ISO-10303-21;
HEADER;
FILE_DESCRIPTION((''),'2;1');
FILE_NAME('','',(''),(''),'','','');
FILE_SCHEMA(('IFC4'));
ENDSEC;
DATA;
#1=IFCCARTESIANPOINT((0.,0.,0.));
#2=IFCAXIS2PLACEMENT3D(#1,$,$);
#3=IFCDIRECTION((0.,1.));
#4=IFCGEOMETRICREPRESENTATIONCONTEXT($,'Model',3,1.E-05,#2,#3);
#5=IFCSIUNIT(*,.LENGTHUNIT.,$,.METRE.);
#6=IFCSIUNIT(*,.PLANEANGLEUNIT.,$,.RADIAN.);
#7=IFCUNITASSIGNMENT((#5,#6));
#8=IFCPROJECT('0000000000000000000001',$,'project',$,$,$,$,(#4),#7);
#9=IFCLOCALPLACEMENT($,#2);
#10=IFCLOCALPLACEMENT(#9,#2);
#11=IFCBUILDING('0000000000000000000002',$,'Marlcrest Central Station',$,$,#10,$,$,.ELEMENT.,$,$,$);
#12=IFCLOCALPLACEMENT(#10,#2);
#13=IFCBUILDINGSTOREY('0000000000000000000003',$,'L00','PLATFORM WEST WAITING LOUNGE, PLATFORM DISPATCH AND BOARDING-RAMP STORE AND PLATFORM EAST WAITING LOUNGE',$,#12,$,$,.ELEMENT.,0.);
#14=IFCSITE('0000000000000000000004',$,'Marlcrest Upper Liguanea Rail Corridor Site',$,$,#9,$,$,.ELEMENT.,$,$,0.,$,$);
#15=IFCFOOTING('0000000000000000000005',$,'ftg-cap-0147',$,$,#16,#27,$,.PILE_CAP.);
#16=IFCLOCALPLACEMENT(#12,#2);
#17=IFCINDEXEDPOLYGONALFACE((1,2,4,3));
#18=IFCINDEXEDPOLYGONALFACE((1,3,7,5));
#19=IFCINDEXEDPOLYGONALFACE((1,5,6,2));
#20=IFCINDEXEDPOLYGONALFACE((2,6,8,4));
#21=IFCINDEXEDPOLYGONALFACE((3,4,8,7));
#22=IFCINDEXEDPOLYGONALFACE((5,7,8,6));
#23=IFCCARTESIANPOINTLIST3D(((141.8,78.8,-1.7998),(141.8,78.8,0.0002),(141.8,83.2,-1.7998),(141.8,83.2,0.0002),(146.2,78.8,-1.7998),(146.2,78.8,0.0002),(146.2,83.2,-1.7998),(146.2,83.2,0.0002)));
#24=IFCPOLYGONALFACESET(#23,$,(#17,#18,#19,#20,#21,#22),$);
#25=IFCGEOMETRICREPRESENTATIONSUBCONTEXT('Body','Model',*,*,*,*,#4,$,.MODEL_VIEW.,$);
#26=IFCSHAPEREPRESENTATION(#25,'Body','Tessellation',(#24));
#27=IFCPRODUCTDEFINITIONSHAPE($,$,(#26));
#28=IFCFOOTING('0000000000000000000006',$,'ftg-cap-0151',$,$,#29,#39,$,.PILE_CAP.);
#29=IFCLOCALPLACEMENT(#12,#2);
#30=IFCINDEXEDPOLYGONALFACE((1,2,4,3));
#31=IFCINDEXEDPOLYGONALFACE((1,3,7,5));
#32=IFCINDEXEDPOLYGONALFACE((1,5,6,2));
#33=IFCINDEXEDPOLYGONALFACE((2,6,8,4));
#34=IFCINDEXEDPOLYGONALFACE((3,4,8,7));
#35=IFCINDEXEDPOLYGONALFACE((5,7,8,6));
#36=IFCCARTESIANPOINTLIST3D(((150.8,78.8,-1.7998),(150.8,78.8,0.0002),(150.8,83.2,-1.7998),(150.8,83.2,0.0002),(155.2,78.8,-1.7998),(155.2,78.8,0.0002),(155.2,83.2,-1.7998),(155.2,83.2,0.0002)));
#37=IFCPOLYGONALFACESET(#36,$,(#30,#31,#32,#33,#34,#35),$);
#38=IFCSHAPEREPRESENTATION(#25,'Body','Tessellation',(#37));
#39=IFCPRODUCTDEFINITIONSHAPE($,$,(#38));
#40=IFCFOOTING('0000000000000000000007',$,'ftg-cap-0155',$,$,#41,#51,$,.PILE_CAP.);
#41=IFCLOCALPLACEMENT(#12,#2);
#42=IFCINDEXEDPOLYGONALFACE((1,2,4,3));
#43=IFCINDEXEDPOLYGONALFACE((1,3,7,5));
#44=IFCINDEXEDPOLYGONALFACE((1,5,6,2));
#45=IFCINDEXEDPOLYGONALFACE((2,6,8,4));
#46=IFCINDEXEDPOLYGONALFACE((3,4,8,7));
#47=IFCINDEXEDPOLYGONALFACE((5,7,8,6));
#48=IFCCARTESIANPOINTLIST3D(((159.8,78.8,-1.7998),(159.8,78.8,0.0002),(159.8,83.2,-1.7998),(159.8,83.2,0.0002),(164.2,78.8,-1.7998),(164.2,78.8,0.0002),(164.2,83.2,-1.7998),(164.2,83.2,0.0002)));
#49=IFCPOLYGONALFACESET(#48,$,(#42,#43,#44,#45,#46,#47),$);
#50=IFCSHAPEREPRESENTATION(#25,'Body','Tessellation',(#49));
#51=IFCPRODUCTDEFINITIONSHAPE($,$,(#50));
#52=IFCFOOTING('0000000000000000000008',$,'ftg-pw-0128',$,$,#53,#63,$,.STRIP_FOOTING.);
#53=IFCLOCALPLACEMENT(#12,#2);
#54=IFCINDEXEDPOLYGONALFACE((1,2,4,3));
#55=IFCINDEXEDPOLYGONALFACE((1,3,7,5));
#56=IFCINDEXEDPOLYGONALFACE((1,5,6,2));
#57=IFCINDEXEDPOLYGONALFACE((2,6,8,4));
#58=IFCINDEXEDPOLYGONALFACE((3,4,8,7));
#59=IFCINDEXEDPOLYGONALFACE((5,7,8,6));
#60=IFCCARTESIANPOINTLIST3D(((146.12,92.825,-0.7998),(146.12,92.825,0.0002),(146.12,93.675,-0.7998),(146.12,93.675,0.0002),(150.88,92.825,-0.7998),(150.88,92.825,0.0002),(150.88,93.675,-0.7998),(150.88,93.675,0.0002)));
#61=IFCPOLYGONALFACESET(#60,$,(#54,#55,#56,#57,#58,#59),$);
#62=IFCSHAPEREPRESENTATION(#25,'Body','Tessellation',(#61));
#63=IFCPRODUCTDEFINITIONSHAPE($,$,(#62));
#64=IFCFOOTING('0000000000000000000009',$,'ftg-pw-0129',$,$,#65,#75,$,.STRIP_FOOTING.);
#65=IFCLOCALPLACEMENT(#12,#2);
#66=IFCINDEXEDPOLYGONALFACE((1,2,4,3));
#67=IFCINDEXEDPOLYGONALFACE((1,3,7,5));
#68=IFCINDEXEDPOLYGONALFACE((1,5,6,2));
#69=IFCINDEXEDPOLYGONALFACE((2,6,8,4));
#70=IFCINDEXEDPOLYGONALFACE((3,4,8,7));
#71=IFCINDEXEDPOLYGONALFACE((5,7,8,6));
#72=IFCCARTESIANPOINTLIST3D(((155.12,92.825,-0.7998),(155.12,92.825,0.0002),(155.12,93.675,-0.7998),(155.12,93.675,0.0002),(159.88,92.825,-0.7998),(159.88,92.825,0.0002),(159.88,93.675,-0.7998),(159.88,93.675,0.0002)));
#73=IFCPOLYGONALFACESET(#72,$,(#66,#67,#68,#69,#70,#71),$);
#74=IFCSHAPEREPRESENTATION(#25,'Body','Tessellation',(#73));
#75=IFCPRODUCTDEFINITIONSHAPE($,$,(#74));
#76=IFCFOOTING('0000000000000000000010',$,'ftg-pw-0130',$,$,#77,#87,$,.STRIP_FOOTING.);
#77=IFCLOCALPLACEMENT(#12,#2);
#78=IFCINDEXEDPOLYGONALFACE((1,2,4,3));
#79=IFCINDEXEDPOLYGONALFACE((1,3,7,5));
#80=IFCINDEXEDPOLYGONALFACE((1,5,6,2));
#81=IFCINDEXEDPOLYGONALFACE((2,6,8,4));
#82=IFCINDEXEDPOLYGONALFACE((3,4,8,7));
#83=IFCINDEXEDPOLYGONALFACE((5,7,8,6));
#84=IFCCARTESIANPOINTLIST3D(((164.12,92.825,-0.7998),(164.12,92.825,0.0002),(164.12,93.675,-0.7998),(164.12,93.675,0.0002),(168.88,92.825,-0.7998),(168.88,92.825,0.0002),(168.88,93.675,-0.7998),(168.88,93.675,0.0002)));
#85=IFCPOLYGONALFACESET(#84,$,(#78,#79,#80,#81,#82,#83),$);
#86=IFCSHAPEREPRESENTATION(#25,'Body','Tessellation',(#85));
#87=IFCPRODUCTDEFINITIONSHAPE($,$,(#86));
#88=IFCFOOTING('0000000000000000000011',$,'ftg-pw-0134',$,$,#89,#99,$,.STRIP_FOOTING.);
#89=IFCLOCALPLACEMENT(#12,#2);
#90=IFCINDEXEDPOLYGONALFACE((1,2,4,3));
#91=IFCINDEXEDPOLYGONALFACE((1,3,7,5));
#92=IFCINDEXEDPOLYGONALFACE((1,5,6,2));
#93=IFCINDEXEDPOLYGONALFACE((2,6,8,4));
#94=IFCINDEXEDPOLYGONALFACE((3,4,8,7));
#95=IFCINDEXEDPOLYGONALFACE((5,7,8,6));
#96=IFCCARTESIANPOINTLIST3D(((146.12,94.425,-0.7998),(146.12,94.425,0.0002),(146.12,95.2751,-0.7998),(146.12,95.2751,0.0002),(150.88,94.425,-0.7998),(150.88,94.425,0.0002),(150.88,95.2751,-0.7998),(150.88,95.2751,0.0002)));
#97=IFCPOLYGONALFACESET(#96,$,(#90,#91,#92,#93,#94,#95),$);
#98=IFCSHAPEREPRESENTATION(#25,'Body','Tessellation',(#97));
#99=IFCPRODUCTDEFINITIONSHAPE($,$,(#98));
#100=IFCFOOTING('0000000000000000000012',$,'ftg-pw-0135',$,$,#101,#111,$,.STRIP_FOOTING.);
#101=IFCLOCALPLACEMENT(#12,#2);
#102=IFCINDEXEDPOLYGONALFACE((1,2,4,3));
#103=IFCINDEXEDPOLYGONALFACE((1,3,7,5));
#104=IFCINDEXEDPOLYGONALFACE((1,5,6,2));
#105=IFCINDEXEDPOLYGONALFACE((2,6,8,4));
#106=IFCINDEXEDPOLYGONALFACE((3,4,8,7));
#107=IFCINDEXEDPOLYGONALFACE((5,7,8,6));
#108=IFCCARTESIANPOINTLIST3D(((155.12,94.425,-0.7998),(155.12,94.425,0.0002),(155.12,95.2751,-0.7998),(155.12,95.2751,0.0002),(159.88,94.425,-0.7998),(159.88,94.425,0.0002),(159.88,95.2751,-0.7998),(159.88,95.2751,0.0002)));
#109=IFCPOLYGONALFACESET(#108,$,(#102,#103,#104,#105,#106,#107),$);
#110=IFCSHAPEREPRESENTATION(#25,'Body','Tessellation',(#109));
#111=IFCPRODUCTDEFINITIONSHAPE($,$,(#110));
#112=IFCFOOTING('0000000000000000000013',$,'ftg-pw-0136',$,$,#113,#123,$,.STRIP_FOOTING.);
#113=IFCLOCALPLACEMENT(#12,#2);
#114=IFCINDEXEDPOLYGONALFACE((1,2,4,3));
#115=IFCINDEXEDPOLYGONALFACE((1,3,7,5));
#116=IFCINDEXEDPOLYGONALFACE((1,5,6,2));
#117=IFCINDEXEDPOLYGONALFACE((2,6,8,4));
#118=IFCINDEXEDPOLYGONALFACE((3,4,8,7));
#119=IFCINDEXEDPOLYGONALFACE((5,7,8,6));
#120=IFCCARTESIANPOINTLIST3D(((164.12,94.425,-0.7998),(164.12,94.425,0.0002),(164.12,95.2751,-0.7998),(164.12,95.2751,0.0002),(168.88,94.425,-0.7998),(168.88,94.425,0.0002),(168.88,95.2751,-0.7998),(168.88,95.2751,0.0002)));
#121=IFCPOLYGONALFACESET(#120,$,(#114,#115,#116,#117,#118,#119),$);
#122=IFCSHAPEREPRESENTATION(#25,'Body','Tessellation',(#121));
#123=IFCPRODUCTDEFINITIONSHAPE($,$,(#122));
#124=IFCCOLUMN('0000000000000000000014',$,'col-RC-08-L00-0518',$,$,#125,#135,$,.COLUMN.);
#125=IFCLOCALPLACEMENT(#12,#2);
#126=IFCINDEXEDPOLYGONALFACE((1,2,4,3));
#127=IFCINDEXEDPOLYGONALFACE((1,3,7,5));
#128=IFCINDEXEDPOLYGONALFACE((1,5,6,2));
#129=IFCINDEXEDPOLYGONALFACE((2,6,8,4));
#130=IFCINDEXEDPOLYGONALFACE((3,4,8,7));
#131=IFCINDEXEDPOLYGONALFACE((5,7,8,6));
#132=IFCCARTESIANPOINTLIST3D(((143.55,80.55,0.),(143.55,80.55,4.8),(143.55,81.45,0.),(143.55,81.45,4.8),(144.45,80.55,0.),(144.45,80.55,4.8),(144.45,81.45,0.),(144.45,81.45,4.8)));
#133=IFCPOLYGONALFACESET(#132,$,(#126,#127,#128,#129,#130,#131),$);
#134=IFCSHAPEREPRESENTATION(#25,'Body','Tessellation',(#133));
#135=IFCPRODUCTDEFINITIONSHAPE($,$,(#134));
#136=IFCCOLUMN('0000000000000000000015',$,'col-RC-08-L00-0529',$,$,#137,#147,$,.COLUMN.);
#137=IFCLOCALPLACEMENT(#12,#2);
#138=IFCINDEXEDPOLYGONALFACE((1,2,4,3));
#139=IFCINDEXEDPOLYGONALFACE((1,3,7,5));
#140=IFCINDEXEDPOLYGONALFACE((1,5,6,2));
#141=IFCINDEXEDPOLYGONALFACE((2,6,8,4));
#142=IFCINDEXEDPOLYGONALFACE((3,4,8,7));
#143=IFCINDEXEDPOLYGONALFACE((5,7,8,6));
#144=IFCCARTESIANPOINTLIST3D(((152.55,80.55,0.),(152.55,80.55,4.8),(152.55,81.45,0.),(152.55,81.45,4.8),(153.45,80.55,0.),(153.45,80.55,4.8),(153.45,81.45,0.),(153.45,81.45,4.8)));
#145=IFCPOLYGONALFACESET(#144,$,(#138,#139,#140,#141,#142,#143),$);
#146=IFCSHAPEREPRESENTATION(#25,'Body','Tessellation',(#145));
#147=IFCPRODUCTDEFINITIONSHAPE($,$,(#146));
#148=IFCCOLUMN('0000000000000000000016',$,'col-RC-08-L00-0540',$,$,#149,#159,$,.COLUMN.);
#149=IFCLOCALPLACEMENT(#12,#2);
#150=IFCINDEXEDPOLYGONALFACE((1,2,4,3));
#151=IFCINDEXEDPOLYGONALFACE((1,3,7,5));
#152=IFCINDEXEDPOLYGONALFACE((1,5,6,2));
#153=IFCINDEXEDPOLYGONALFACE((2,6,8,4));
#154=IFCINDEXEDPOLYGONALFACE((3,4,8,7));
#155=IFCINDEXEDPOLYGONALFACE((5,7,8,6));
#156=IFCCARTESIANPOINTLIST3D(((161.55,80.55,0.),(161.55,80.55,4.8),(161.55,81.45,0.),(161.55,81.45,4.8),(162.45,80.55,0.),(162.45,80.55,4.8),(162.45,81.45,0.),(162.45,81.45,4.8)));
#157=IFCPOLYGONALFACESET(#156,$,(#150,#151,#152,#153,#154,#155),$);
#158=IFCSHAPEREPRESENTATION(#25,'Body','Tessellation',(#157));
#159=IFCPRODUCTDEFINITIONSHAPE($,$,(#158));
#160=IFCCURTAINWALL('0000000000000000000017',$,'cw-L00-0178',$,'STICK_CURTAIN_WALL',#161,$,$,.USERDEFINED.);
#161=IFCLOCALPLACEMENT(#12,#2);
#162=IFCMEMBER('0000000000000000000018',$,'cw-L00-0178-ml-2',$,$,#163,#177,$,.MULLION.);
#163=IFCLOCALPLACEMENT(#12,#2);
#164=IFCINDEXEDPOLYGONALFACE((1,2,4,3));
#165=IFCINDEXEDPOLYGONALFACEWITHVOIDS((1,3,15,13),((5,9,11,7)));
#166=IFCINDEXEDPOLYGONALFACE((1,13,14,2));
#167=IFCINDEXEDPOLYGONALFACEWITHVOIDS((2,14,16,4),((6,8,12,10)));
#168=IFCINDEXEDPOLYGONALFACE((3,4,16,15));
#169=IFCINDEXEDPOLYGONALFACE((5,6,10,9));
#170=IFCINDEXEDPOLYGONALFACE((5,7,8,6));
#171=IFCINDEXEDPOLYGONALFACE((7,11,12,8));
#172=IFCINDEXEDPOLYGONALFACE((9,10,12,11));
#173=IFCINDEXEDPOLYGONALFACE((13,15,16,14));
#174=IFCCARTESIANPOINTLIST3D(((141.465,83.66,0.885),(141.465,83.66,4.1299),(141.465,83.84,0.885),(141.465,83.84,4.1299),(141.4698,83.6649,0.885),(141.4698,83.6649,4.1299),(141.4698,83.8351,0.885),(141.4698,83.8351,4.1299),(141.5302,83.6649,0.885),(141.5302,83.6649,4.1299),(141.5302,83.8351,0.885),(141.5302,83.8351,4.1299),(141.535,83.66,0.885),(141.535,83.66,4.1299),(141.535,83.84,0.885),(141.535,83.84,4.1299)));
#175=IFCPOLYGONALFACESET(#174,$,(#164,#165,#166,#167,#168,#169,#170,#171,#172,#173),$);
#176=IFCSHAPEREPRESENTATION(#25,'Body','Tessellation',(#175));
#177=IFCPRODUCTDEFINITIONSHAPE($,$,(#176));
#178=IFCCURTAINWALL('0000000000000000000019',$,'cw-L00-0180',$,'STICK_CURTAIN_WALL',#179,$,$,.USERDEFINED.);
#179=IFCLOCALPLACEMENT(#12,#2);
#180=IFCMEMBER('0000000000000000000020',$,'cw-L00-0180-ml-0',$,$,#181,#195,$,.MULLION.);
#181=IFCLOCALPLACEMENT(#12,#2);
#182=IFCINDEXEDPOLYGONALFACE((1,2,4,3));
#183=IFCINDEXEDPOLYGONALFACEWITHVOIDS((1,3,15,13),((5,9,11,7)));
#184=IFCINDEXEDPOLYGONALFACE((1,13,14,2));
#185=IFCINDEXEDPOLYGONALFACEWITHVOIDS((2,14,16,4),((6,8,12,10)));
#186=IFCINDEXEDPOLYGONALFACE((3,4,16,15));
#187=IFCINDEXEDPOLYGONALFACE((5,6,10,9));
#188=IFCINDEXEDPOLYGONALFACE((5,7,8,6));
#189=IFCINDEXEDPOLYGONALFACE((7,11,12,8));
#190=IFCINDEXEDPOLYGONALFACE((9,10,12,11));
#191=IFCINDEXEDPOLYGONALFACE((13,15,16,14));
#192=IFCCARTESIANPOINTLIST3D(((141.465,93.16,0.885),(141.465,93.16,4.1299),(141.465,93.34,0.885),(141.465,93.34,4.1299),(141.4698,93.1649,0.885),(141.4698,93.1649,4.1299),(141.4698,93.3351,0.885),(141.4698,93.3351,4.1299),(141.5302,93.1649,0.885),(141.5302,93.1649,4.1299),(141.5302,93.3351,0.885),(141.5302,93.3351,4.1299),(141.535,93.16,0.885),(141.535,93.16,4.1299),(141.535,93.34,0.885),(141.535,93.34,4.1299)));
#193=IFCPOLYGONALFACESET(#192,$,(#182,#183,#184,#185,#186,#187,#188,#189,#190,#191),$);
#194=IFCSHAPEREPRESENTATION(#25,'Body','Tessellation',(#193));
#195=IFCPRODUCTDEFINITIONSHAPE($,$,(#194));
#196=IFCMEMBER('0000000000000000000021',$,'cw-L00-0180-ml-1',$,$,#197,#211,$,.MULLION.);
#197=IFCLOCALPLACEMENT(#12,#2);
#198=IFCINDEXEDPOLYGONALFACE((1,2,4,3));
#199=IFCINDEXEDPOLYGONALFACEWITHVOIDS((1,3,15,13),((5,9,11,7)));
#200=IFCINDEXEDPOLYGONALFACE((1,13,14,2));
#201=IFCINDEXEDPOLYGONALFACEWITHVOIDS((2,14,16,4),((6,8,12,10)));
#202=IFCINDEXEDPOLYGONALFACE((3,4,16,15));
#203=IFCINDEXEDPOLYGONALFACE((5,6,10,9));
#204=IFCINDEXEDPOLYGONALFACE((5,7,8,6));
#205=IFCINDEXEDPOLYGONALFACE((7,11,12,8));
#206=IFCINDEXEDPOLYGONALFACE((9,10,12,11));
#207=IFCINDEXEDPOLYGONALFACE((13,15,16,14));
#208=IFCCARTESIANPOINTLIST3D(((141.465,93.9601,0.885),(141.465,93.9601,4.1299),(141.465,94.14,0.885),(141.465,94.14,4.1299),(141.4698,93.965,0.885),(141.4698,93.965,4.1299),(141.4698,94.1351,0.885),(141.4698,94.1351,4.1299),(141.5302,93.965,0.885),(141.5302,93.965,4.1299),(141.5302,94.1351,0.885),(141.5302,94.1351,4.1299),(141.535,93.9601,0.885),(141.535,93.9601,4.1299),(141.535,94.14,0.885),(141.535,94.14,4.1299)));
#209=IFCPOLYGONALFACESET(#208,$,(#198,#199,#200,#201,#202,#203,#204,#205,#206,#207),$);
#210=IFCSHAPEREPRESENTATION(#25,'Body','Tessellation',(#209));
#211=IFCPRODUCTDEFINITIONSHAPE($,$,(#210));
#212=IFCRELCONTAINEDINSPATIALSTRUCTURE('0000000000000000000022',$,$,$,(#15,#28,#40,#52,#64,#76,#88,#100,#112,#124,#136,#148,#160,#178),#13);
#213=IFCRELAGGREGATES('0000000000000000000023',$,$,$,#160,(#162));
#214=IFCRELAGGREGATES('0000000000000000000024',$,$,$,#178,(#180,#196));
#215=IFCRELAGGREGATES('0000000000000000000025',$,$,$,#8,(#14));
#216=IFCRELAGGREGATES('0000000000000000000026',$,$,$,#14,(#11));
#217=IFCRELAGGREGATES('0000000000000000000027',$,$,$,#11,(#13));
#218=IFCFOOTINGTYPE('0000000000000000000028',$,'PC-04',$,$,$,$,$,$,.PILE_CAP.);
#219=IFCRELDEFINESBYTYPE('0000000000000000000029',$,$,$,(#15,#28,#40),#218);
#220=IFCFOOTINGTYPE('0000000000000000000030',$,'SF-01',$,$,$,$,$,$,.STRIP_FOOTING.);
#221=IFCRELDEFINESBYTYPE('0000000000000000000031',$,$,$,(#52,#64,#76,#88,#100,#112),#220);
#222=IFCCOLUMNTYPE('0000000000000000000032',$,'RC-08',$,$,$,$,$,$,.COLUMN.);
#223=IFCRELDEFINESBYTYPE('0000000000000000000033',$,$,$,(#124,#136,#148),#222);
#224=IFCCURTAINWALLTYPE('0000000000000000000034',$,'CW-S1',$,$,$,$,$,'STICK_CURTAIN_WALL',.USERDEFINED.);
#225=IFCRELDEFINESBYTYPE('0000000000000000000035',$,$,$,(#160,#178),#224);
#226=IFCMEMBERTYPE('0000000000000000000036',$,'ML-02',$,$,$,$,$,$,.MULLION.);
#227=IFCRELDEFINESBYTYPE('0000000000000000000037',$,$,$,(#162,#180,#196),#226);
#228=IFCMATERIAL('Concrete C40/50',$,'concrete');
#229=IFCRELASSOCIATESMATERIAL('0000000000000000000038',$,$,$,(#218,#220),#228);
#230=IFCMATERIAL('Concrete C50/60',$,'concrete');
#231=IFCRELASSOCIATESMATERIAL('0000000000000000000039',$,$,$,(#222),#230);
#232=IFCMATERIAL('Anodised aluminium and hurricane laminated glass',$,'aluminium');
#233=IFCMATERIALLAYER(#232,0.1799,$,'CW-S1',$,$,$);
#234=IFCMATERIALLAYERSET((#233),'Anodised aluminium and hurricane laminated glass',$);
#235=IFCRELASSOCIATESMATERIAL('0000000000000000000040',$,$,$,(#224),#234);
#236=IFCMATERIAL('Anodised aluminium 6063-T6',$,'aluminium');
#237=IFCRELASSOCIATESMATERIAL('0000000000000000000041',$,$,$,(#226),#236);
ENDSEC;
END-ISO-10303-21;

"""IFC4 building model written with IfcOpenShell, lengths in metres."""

from ifc_helpers import new_model, si_unit, direction, frame, origin, origin_2d, place, context, subcontext, project, spatial, rectangle, hollow_rectangle, extrude, material, layer, layer_set, material_profile, profile_set, type_object, element, aggregate, save


model = new_model("IFC4")

# Units and contexts
model_context = context("Model", 3, precision=1e-05, world=origin(), true_north=direction((0.0, 1.0)))
body_context = subcontext(model_context, "Body", "Model", "MODEL_VIEW")
ifc_project = project(units=[si_unit("LENGTHUNIT", "METRE"), si_unit("PLANEANGLEUNIT", "RADIAN")], contexts=[model_context])

# Site, building, storey
site_placement = place(None, origin())
site = spatial("IfcSite", under=ifc_project, at=site_placement, Name="Marlcrest Upper Liguanea Rail Corridor Site", CompositionType="ELEMENT", RefElevation=0.0)
building_placement = place(site_placement, origin())
building = spatial("IfcBuilding", under=site, at=building_placement, Name="Marlcrest Central Station", CompositionType="ELEMENT")
storey_placement = place(building_placement, origin())
storey = spatial("IfcBuildingStorey", under=building, at=storey_placement, Name="L00", Description="PLATFORM WEST WAITING LOUNGE, PLATFORM DISPATCH AND BOARDING-RAMP STORE AND PLATFORM EAST WAITING LOUNGE", CompositionType="ELEMENT", Elevation=0.0)

# Footings
ifc_material_1 = material(Name="Concrete C40/50", Category="concrete")
footing_type_1 = type_object("IfcFootingType", Name="PC-04", PredefinedType="PILE_CAP", material=ifc_material_1)
for number, where, z_axis, x_axis, name in (
    (1, (144.0, 81.0, -1.7998), (0.0, 0.0, 1.0), (1.0, 0.0, 0.0), "ftg-cap-0147"),
    (2, (153.0, 81.0, -1.7998), (0.0, 0.0, 1.0), (1.0, 0.0, 0.0), "ftg-cap-0151"),
    (3, (162.0, 81.0, -1.7998), (0.0, 0.0, 1.0), (1.0, 0.0, 0.0), "ftg-cap-0155"),
):
    element("IfcFooting", number, at=place(storey_placement, frame(where, z_axis=z_axis, x_axis=x_axis)), inside=storey, type_object=footing_type_1, Name=name, PredefinedType="PILE_CAP", context=body_context, shape_type="SweptSolid", body=[
        extrude(rectangle(XDim=4.3999, YDim=4.3999, at=origin_2d()), origin(), (0.0, 0.0, 1.0), 1.8),
    ])
footing_type_2 = type_object("IfcFootingType", Name="SF-01", PredefinedType="STRIP_FOOTING", material=ifc_material_1)
for number, where, z_axis, x_axis, name in (
    (4, (148.5, 93.25, -0.7998), (0.0, 0.0, 1.0), (1.0, 0.0, 0.0), "ftg-pw-0128"),
    (5, (157.5, 93.25, -0.7998), (0.0, 0.0, 1.0), (1.0, 0.0, 0.0), "ftg-pw-0129"),
    (6, (166.5, 93.25, -0.7998), (0.0, 0.0, 1.0), (1.0, 0.0, 0.0), "ftg-pw-0130"),
    (7, (148.5, 94.8501, -0.7998), (0.0, 0.0, 1.0), (1.0, 0.0, 0.0), "ftg-pw-0134"),
    (8, (157.5, 94.8501, -0.7998), (0.0, 0.0, 1.0), (1.0, 0.0, 0.0), "ftg-pw-0135"),
    (9, (166.5, 94.8501, -0.7998), (0.0, 0.0, 1.0), (1.0, 0.0, 0.0), "ftg-pw-0136"),
):
    element("IfcFooting", number, at=place(storey_placement, frame(where, z_axis=z_axis, x_axis=x_axis)), inside=storey, type_object=footing_type_2, Name=name, PredefinedType="STRIP_FOOTING", context=body_context, shape_type="SweptSolid", body=[
        extrude(rectangle(XDim=4.76, YDim=0.8501, at=origin_2d()), origin(), (0.0, 0.0, 1.0), 0.8),
    ])

# Columns
ifc_material_2 = material(Name="Concrete C50/60", Category="concrete")
ifc_material_profile_1 = material_profile(ifc_material_2, rectangle(XDim=0.8999, YDim=0.8999, at=origin_2d()), Name="RC 900x900")
ifc_profile_set_1 = profile_set([ifc_material_profile_1], Name="Concrete C50/60")
column_type = type_object("IfcColumnType", Name="RC-08", PredefinedType="COLUMN", material=ifc_profile_set_1)
for number, where, z_axis, x_axis, name in (
    (10, (144.0, 81.0, 0.0), (0.0, 0.0, 1.0), (1.0, 0.0, 0.0), "col-RC-08-L00-0518"),
    (11, (153.0, 81.0, 0.0), (0.0, 0.0, 1.0), (1.0, 0.0, 0.0), "col-RC-08-L00-0529"),
    (12, (162.0, 81.0, 0.0), (0.0, 0.0, 1.0), (1.0, 0.0, 0.0), "col-RC-08-L00-0540"),
):
    element("IfcColumn", number, at=place(storey_placement, frame(where, z_axis=z_axis, x_axis=x_axis)), inside=storey, type_object=column_type, Name=name, PredefinedType="COLUMN", context=body_context, shape_type="SweptSolid", body=[
        extrude(rectangle(XDim=0.8999, YDim=0.8999, at=origin_2d()), origin(), (0.0, 0.0, 1.0), 4.8),
    ])

# Curtain wall, member
ifc_material_3 = material(Name="Anodised aluminium and hurricane laminated glass", Category="aluminium")
ifc_layer_1 = layer(ifc_material_3, 0.1799, Name="CW-S1")
ifc_layer_set_1 = layer_set([ifc_layer_1], Name="Anodised aluminium and hurricane laminated glass")
curtain_wall_type = type_object("IfcCurtainWallType", Name="CW-S1", ElementType="STICK_CURTAIN_WALL", PredefinedType="USERDEFINED", material=ifc_layer_set_1)
curtain_wall_1_placement = place(storey_placement, origin())
curtain_wall_1 = element("IfcCurtainWall", 13, at=curtain_wall_1_placement, inside=storey, type_object=curtain_wall_type, Name="cw-L00-0178", ObjectType="STICK_CURTAIN_WALL", PredefinedType="USERDEFINED")
ifc_material_4 = material(Name="Anodised aluminium 6063-T6", Category="aluminium")
ifc_material_profile_2 = material_profile(ifc_material_4, hollow_rectangle(XDim=0.0701, YDim=0.1799, WallThickness=0.0049, at=origin_2d()), Name="AA-RHS 180x70x5")
ifc_profile_set_2 = profile_set([ifc_material_profile_2], Name="Anodised aluminium 6063-T6")
member_type = type_object("IfcMemberType", Name="ML-02", PredefinedType="MULLION", material=ifc_profile_set_2)
member_1_placement = place(storey_placement, frame((141.5, 83.75, 0.885), z_axis=(0.0, 0.0, 1.0), x_axis=(1.0, 0.0, 0.0)))
member_1 = element("IfcMember", 14, at=member_1_placement, type_object=member_type, Name="cw-L00-0178-ml-2", PredefinedType="MULLION", context=body_context, shape_type="SweptSolid", body=[
    extrude(hollow_rectangle(XDim=0.0701, YDim=0.1799, WallThickness=0.0049, at=origin_2d()), origin(), (0.0, 0.0, 1.0), 3.2449),
])
aggregate(curtain_wall_1, [member_1])

# Curtain wall, members
curtain_wall_2_placement = place(storey_placement, origin())
curtain_wall_2 = element("IfcCurtainWall", 15, at=curtain_wall_2_placement, inside=storey, type_object=curtain_wall_type, Name="cw-L00-0180", ObjectType="STICK_CURTAIN_WALL", PredefinedType="USERDEFINED")
member_2_placement = place(storey_placement, frame((141.5, 93.25, 0.885), z_axis=(0.0, 0.0, 1.0), x_axis=(1.0, 0.0, 0.0)))
member_2 = element("IfcMember", 16, at=member_2_placement, type_object=member_type, Name="cw-L00-0180-ml-0", PredefinedType="MULLION", context=body_context, shape_type="SweptSolid", body=[
    extrude(hollow_rectangle(XDim=0.0701, YDim=0.1799, WallThickness=0.0049, at=origin_2d()), origin(), (0.0, 0.0, 1.0), 3.2449),
])
member_3_placement = place(storey_placement, frame((141.5, 94.05, 0.885), z_axis=(0.0, 0.0, 1.0), x_axis=(1.0, 0.0, 0.0)))
member_3 = element("IfcMember", 17, at=member_3_placement, type_object=member_type, Name="cw-L00-0180-ml-1", PredefinedType="MULLION", context=body_context, shape_type="SweptSolid", body=[
    extrude(hollow_rectangle(XDim=0.0701, YDim=0.1799, WallThickness=0.0049, at=origin_2d()), origin(), (0.0, 0.0, 1.0), 3.2449),
])
aggregate(curtain_wall_2, [member_2, member_3])

save(model, "model.ifc")
